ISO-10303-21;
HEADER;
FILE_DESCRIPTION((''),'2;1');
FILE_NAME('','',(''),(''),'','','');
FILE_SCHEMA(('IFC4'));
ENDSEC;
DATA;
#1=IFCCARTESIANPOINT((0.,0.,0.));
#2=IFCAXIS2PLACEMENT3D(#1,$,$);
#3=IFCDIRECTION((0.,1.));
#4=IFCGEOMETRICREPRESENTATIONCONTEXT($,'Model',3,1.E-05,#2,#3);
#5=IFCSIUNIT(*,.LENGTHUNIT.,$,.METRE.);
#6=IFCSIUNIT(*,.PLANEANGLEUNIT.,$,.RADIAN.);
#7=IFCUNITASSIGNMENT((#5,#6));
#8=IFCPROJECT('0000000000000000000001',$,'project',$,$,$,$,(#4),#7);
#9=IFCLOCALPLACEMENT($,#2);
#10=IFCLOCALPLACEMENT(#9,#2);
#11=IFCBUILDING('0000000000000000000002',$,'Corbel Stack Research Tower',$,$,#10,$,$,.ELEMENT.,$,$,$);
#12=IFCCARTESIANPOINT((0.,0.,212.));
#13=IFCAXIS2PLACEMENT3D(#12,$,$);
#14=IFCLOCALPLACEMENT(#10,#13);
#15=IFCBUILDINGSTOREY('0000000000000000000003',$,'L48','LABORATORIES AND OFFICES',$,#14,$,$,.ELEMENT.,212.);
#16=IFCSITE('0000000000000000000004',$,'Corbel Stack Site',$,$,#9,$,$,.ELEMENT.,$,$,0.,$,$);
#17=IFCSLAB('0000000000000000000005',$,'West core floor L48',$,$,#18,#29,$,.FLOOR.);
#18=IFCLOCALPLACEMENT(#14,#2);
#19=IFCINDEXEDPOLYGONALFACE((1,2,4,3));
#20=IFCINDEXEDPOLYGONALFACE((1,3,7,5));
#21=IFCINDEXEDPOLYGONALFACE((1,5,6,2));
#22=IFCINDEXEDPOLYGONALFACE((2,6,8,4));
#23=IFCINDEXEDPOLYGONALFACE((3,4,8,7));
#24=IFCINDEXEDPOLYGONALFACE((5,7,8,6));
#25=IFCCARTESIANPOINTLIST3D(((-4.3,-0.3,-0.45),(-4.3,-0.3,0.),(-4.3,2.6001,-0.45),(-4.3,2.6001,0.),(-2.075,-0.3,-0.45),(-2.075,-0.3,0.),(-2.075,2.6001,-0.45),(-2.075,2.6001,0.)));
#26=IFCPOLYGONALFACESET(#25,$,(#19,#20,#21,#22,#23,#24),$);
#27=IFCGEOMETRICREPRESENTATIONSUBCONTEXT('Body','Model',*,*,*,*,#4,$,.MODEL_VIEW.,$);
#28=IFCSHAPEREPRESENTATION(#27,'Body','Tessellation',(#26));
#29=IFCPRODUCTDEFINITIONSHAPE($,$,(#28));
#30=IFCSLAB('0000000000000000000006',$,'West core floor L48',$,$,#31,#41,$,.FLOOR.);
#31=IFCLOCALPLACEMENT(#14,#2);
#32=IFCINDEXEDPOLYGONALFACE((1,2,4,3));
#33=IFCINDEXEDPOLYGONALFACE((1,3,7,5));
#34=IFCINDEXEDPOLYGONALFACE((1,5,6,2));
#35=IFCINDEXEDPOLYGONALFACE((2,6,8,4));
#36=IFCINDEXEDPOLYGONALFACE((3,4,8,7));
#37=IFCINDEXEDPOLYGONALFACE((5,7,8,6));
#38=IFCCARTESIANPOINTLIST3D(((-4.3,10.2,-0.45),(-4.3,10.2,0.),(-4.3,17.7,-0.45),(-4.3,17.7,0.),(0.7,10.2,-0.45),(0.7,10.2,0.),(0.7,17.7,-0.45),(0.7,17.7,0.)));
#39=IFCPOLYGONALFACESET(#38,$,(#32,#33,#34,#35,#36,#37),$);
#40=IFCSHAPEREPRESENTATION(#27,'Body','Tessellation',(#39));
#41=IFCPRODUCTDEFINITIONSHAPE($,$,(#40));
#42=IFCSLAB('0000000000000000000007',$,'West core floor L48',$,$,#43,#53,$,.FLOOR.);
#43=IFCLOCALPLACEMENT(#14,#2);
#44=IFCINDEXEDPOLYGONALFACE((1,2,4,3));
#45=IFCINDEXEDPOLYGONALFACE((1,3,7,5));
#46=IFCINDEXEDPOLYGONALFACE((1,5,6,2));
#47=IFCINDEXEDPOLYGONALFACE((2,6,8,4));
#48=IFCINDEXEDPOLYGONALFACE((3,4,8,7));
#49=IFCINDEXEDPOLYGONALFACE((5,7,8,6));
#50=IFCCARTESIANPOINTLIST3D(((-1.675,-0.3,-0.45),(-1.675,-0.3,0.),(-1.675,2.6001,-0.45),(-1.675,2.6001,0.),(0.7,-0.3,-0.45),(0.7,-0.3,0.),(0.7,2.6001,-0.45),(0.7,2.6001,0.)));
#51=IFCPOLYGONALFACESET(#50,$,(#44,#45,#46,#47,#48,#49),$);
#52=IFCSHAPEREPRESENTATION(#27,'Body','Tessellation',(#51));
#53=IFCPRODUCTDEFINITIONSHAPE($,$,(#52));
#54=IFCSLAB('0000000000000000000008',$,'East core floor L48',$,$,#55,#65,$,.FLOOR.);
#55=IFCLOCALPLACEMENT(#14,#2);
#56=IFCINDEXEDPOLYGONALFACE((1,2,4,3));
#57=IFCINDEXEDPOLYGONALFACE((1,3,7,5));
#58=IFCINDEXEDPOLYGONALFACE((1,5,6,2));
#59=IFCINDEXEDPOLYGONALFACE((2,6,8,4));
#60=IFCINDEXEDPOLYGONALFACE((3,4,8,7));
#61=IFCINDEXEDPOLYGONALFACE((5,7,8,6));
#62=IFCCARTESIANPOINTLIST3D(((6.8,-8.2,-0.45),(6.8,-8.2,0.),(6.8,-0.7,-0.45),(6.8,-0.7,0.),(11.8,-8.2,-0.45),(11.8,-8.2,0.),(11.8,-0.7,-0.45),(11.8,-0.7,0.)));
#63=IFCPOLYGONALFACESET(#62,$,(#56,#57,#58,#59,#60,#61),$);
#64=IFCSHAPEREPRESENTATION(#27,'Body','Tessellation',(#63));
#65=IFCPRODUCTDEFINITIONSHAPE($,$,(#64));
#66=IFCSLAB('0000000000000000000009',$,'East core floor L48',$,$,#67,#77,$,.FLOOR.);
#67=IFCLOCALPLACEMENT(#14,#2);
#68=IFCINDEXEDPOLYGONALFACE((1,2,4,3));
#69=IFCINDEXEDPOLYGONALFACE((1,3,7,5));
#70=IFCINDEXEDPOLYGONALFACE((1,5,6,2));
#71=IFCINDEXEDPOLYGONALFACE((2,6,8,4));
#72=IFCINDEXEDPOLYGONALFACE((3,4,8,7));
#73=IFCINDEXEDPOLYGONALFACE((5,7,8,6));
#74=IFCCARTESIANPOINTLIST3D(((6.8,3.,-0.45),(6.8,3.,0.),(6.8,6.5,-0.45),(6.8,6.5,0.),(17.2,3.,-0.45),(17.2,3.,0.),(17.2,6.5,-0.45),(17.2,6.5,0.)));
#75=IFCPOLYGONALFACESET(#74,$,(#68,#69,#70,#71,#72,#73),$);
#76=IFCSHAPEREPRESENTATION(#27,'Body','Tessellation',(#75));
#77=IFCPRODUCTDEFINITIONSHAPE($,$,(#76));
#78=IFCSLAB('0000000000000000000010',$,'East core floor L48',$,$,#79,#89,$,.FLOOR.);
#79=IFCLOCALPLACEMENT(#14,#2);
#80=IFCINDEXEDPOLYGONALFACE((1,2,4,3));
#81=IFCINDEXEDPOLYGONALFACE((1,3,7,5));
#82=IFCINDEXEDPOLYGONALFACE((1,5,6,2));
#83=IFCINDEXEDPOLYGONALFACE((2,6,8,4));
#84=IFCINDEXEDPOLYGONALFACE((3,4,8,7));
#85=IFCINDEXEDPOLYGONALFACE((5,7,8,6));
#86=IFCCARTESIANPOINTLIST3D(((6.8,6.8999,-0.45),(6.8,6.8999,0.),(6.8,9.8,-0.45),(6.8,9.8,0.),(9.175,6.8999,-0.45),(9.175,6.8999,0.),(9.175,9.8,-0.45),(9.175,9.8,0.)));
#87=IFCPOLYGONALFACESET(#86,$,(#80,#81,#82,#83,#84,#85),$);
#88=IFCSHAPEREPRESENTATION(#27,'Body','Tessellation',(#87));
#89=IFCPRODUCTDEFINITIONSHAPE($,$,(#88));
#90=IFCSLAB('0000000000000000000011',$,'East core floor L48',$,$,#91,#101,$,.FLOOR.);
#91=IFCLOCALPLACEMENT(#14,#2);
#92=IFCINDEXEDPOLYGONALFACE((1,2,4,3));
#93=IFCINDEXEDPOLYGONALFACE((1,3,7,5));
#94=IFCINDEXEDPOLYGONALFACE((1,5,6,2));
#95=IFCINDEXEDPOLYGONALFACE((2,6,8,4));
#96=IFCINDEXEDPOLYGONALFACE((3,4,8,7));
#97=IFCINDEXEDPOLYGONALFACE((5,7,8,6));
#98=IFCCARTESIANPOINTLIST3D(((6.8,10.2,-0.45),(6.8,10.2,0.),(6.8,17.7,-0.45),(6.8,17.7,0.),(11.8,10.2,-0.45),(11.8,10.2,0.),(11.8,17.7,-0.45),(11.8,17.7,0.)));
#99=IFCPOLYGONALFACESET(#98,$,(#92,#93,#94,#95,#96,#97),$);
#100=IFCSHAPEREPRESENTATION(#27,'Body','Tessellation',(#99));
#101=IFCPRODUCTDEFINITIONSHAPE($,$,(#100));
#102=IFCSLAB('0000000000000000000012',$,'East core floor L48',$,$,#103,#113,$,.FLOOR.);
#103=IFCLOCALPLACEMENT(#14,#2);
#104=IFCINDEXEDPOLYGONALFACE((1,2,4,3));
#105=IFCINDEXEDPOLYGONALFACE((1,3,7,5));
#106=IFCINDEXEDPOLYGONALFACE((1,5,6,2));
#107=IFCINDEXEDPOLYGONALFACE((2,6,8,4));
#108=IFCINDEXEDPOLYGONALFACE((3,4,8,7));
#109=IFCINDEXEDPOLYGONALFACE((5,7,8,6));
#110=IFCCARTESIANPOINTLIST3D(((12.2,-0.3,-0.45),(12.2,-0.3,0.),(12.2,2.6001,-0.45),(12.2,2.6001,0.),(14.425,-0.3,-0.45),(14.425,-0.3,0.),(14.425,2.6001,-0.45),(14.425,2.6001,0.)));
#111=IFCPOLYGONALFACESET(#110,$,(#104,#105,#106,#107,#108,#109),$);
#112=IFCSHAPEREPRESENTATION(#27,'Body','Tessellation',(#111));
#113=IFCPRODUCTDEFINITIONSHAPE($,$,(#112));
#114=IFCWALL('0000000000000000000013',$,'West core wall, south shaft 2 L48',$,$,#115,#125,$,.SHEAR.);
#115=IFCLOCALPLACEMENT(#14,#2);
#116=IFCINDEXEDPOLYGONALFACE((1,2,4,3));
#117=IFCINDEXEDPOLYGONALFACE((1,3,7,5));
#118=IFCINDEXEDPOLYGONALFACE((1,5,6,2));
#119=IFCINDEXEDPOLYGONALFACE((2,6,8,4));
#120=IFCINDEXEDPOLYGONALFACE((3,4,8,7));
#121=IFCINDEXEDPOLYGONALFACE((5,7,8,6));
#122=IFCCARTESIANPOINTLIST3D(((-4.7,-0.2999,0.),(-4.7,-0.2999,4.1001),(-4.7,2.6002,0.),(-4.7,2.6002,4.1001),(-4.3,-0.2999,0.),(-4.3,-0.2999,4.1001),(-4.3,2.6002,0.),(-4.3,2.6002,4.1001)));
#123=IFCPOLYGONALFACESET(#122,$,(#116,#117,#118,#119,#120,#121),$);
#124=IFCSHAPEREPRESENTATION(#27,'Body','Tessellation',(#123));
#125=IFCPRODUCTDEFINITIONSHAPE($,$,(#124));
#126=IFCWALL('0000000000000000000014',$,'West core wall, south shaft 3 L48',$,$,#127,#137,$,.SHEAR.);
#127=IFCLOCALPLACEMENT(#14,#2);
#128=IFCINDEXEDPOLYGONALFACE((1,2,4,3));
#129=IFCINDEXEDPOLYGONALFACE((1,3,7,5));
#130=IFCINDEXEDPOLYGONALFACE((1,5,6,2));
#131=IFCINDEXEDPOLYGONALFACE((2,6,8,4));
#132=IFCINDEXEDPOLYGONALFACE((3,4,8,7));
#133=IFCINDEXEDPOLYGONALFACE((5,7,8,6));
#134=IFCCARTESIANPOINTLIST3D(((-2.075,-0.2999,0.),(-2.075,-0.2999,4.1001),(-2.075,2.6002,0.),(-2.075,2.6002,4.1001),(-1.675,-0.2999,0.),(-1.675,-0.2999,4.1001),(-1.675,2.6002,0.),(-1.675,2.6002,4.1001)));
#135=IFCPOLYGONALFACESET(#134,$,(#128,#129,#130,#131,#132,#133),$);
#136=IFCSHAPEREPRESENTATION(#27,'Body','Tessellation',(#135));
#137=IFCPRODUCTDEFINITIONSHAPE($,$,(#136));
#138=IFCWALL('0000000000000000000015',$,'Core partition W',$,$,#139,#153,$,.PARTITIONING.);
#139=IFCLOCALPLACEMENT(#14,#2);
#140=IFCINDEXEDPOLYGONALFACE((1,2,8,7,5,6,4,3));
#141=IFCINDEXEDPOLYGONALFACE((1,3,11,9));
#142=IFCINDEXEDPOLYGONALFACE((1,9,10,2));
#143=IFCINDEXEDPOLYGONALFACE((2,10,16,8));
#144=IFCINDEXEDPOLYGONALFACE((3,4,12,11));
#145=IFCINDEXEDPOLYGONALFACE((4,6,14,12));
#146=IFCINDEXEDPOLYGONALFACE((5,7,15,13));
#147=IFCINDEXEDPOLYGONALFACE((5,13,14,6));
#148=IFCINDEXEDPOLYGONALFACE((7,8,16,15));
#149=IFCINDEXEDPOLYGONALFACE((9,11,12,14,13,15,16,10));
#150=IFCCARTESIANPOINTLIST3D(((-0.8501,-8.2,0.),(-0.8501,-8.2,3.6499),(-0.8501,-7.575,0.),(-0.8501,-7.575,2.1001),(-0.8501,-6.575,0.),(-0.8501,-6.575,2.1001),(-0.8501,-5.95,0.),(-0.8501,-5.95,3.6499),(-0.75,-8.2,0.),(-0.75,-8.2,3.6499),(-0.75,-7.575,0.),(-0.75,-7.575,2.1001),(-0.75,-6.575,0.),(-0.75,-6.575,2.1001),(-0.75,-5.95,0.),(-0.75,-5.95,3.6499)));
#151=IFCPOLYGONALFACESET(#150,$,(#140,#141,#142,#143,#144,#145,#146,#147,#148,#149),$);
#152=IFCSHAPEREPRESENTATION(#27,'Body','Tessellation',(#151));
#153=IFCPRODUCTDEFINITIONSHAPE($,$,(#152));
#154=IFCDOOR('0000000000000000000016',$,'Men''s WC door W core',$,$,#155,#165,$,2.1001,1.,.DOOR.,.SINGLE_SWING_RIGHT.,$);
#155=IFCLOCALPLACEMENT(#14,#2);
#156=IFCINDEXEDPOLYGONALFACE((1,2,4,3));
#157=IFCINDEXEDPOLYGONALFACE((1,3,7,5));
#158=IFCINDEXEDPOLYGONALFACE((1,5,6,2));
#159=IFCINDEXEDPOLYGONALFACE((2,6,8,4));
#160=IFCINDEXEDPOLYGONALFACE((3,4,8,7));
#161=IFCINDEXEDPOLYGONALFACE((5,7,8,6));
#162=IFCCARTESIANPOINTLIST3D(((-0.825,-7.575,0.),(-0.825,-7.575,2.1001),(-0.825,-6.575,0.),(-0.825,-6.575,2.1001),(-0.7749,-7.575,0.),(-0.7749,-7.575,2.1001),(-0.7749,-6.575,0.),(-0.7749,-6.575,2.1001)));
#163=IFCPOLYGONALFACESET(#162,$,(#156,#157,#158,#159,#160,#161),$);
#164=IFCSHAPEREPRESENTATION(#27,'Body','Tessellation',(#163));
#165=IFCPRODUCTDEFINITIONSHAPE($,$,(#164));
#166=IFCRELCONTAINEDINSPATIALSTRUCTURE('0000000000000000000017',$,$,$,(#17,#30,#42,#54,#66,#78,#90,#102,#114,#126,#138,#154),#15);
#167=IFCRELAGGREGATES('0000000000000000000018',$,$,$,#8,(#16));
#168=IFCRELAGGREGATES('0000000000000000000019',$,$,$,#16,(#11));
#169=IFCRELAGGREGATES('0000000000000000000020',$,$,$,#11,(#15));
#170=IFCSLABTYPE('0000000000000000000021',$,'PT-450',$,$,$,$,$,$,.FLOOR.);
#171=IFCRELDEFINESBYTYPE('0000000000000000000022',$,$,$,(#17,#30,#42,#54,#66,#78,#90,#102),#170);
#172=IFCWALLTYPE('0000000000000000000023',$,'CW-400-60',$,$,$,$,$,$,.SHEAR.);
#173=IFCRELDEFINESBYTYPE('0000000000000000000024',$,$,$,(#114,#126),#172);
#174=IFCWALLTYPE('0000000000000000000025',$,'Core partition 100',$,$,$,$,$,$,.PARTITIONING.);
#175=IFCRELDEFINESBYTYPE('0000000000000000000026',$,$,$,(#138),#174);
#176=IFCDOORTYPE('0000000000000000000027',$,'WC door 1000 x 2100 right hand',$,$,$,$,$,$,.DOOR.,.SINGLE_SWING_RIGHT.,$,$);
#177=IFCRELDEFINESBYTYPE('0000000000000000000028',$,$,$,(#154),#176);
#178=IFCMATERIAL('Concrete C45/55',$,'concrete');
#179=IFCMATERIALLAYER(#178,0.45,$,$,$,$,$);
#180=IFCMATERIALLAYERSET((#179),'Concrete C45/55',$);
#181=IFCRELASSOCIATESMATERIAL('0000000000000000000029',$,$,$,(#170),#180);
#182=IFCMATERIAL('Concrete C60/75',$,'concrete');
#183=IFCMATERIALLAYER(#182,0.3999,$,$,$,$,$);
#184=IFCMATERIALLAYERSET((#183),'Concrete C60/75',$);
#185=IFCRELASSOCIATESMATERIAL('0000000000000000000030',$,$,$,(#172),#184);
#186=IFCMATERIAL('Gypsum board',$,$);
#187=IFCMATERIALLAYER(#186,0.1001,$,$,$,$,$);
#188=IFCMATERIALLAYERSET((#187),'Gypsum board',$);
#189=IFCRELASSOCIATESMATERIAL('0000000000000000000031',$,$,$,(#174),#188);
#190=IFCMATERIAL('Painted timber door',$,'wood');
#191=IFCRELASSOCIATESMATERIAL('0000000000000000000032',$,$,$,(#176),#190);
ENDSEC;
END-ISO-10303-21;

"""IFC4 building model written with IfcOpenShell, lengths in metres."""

from ifc_helpers import new_model, si_unit, direction, frame, frame_2d, origin, place, context, subcontext, project, spatial, polyline, rectangle, outline, extrude, material, layer, layer_set, type_object, element, fill, save


model = new_model("IFC4")

# Units and contexts
model_context = context("Model", 3, precision=1e-05, world=origin(), true_north=direction((0.0, 1.0)))
body_context = subcontext(model_context, "Body", "Model", "MODEL_VIEW")
ifc_project = project(units=[si_unit("LENGTHUNIT", "METRE"), si_unit("PLANEANGLEUNIT", "RADIAN")], contexts=[model_context])

# Site, building, storey
site_placement = place(None, origin())
site = spatial("IfcSite", under=ifc_project, at=site_placement, Name="Corbel Stack Site", CompositionType="ELEMENT", RefElevation=0.0)
building_placement = place(site_placement, origin())
building = spatial("IfcBuilding", under=site, at=building_placement, Name="Corbel Stack Research Tower", CompositionType="ELEMENT")
storey_placement = place(building_placement, frame((0.0, 0.0, 212.0)))
storey = spatial("IfcBuildingStorey", under=building, at=storey_placement, Name="L48", Description="LABORATORIES AND OFFICES", CompositionType="ELEMENT", Elevation=212.0)

# Slabs
ifc_material_1 = material(Name="Concrete C45/55", Category="concrete")
ifc_layer_1 = layer(ifc_material_1, 0.45)
ifc_layer_set_1 = layer_set([ifc_layer_1], Name="Concrete C45/55")
slab_type = type_object("IfcSlabType", Name="PT-450", PredefinedType="FLOOR", material=ifc_layer_set_1)
slab_1_placement = place(storey_placement, frame((0.0, 0.0, -0.45)))
element("IfcSlab", 1, at=slab_1_placement, inside=storey, type_object=slab_type, Name="West core floor L48", PredefinedType="FLOOR", context=body_context, shape_type="SweptSolid", body=[
    extrude(outline(polyline([(-2.075, -0.3), (-2.075, 2.6001), (-4.3, 2.6001), (-4.3, -0.3), (-2.075, -0.3)])), origin(), (0.0, 0.0, 1.0), 0.45),
])
slab_2_placement = place(storey_placement, frame((0.0, 0.0, -0.45)))
element("IfcSlab", 2, at=slab_2_placement, inside=storey, type_object=slab_type, Name="West core floor L48", PredefinedType="FLOOR", context=body_context, shape_type="SweptSolid", body=[
    extrude(outline(polyline([(0.7, 17.7), (-4.3, 17.7), (-4.3, 10.2), (0.7, 10.2), (0.7, 17.7)])), origin(), (0.0, 0.0, 1.0), 0.45),
])
slab_3_placement = place(storey_placement, frame((0.0, 0.0, -0.45)))
element("IfcSlab", 3, at=slab_3_placement, inside=storey, type_object=slab_type, Name="West core floor L48", PredefinedType="FLOOR", context=body_context, shape_type="SweptSolid", body=[
    extrude(outline(polyline([(0.7, -0.3), (0.7, 2.6001), (-1.675, 2.6001), (-1.675, -0.3), (0.7, -0.3)])), origin(), (0.0, 0.0, 1.0), 0.45),
])
slab_4_placement = place(storey_placement, frame((0.0, 0.0, -0.45)))
element("IfcSlab", 4, at=slab_4_placement, inside=storey, type_object=slab_type, Name="East core floor L48", PredefinedType="FLOOR", context=body_context, shape_type="SweptSolid", body=[
    extrude(outline(polyline([(6.8, -0.7), (6.8, -8.2), (11.8, -8.2), (11.8, -0.7), (6.8, -0.7)])), origin(), (0.0, 0.0, 1.0), 0.45),
])
slab_5_placement = place(storey_placement, frame((0.0, 0.0, -0.45)))
element("IfcSlab", 5, at=slab_5_placement, inside=storey, type_object=slab_type, Name="East core floor L48", PredefinedType="FLOOR", context=body_context, shape_type="SweptSolid", body=[
    extrude(outline(polyline([(17.2, 6.5), (6.8, 6.5), (6.8, 3.0), (17.2, 3.0), (17.2, 6.5)])), origin(), (0.0, 0.0, 1.0), 0.45),
])
slab_6_placement = place(storey_placement, frame((0.0, 0.0, -0.45)))
element("IfcSlab", 6, at=slab_6_placement, inside=storey, type_object=slab_type, Name="East core floor L48", PredefinedType="FLOOR", context=body_context, shape_type="SweptSolid", body=[
    extrude(outline(polyline([(6.8, 6.8999), (9.175, 6.8999), (9.175, 9.8), (6.8, 9.8), (6.8, 6.8999)])), origin(), (0.0, 0.0, 1.0), 0.45),
])
slab_7_placement = place(storey_placement, frame((0.0, 0.0, -0.45)))
element("IfcSlab", 7, at=slab_7_placement, inside=storey, type_object=slab_type, Name="East core floor L48", PredefinedType="FLOOR", context=body_context, shape_type="SweptSolid", body=[
    extrude(outline(polyline([(6.8, 17.7), (6.8, 10.2), (11.8, 10.2), (11.8, 17.7), (6.8, 17.7)])), origin(), (0.0, 0.0, 1.0), 0.45),
])
slab_8_placement = place(storey_placement, frame((0.0, 0.0, -0.45)))
element("IfcSlab", 8, at=slab_8_placement, inside=storey, type_object=slab_type, Name="East core floor L48", PredefinedType="FLOOR", context=body_context, shape_type="SweptSolid", body=[
    extrude(outline(polyline([(14.425, -0.3), (14.425, 2.6001), (12.2, 2.6001), (12.2, -0.3), (14.425, -0.3)])), origin(), (0.0, 0.0, 1.0), 0.45),
])

# Walls
ifc_material_2 = material(Name="Concrete C60/75", Category="concrete")
ifc_layer_2 = layer(ifc_material_2, 0.3999)
ifc_layer_set_2 = layer_set([ifc_layer_2], Name="Concrete C60/75")
wall_type_1 = type_object("IfcWallType", Name="CW-400-60", PredefinedType="SHEAR", material=ifc_layer_set_2)
for number, where, z_axis, x_axis, name in (
    (9, (-4.5, -0.3, 0.0), (0.0, 0.0, 1.0), (0.0, 1.0, 0.0), "West core wall, south shaft 2 L48"),
    (10, (-1.875, -0.3, 0.0), (0.0, 0.0, 1.0), (0.0, 1.0, 0.0), "West core wall, south shaft 3 L48"),
):
    element("IfcWall", number, at=place(storey_placement, frame(where, z_axis=z_axis, x_axis=x_axis)), inside=storey, type_object=wall_type_1, Name=name, PredefinedType="SHEAR", context=body_context, shape_type="SweptSolid", body=[
        extrude(rectangle(XDim=2.9001, YDim=0.3999, at=frame_2d((1.4502, 0.0))), origin(), (0.0, 0.0, 1.0), 4.1001),
    ])

# Wall, opening, door
ifc_material_3 = material(Name="Gypsum board")
ifc_layer_3 = layer(ifc_material_3, 0.1001)
ifc_layer_set_3 = layer_set([ifc_layer_3], Name="Gypsum board")
wall_type_2 = type_object("IfcWallType", Name="Core partition 100", PredefinedType="PARTITIONING", material=ifc_layer_set_3)
wall_1_placement = place(storey_placement, frame((-0.8, -8.2, 0.0), z_axis=(0.0, 0.0, 1.0), x_axis=(0.0, 1.0, 0.0)))
wall_1 = element("IfcWall", 11, at=wall_1_placement, inside=storey, type_object=wall_type_2, Name="Core partition W", PredefinedType="PARTITIONING", context=body_context, shape_type="SweptSolid", body=[
    extrude(rectangle(XDim=2.25, YDim=0.1001, at=frame_2d((1.125, 0.0))), origin(), (0.0, 0.0, 1.0), 3.6499),
])
opening_1_placement = place(wall_1_placement, frame((0.625, 0.0, 0.0)))
opening_1 = element("IfcOpeningElement", 12, at=opening_1_placement, cuts=wall_1, PredefinedType="OPENING", context=body_context, shape_type="SweptSolid", body=[
    extrude(rectangle(XDim=1.0, YDim=2.1001, at=frame_2d((0.5, 1.05))), frame((0.0, 0.0601, 0.0), z_axis=(0.0, -1.0, 0.0), x_axis=(1.0, 0.0, 0.0)), (0.0, 0.0, 1.0), 0.1201),
])
ifc_material_4 = material(Name="Painted timber door", Category="wood")
door_type_1 = type_object("IfcDoorType", Name="WC door 1000 x 2100 right hand", OperationType="SINGLE_SWING_RIGHT", PredefinedType="DOOR", material=ifc_material_4)
door_1_placement = place(opening_1_placement, origin())
door_1 = element("IfcDoor", 13, at=door_1_placement, inside=storey, type_object=door_type_1, Name="Men's WC door W core", OperationType="SINGLE_SWING_RIGHT", OverallHeight=2.1001, OverallWidth=1.0, PredefinedType="DOOR", context=body_context, shape_type="SweptSolid", body=[
    extrude(rectangle(XDim=1.0, YDim=2.1001, at=frame_2d((0.5, 1.05))), frame((0.0, 0.0249, 0.0), z_axis=(0.0, -1.0, 0.0), x_axis=(1.0, 0.0, 0.0)), (0.0, 0.0, 1.0), 0.05),
])
fill(opening_1, door_1)

save(model, "model.ifc")
